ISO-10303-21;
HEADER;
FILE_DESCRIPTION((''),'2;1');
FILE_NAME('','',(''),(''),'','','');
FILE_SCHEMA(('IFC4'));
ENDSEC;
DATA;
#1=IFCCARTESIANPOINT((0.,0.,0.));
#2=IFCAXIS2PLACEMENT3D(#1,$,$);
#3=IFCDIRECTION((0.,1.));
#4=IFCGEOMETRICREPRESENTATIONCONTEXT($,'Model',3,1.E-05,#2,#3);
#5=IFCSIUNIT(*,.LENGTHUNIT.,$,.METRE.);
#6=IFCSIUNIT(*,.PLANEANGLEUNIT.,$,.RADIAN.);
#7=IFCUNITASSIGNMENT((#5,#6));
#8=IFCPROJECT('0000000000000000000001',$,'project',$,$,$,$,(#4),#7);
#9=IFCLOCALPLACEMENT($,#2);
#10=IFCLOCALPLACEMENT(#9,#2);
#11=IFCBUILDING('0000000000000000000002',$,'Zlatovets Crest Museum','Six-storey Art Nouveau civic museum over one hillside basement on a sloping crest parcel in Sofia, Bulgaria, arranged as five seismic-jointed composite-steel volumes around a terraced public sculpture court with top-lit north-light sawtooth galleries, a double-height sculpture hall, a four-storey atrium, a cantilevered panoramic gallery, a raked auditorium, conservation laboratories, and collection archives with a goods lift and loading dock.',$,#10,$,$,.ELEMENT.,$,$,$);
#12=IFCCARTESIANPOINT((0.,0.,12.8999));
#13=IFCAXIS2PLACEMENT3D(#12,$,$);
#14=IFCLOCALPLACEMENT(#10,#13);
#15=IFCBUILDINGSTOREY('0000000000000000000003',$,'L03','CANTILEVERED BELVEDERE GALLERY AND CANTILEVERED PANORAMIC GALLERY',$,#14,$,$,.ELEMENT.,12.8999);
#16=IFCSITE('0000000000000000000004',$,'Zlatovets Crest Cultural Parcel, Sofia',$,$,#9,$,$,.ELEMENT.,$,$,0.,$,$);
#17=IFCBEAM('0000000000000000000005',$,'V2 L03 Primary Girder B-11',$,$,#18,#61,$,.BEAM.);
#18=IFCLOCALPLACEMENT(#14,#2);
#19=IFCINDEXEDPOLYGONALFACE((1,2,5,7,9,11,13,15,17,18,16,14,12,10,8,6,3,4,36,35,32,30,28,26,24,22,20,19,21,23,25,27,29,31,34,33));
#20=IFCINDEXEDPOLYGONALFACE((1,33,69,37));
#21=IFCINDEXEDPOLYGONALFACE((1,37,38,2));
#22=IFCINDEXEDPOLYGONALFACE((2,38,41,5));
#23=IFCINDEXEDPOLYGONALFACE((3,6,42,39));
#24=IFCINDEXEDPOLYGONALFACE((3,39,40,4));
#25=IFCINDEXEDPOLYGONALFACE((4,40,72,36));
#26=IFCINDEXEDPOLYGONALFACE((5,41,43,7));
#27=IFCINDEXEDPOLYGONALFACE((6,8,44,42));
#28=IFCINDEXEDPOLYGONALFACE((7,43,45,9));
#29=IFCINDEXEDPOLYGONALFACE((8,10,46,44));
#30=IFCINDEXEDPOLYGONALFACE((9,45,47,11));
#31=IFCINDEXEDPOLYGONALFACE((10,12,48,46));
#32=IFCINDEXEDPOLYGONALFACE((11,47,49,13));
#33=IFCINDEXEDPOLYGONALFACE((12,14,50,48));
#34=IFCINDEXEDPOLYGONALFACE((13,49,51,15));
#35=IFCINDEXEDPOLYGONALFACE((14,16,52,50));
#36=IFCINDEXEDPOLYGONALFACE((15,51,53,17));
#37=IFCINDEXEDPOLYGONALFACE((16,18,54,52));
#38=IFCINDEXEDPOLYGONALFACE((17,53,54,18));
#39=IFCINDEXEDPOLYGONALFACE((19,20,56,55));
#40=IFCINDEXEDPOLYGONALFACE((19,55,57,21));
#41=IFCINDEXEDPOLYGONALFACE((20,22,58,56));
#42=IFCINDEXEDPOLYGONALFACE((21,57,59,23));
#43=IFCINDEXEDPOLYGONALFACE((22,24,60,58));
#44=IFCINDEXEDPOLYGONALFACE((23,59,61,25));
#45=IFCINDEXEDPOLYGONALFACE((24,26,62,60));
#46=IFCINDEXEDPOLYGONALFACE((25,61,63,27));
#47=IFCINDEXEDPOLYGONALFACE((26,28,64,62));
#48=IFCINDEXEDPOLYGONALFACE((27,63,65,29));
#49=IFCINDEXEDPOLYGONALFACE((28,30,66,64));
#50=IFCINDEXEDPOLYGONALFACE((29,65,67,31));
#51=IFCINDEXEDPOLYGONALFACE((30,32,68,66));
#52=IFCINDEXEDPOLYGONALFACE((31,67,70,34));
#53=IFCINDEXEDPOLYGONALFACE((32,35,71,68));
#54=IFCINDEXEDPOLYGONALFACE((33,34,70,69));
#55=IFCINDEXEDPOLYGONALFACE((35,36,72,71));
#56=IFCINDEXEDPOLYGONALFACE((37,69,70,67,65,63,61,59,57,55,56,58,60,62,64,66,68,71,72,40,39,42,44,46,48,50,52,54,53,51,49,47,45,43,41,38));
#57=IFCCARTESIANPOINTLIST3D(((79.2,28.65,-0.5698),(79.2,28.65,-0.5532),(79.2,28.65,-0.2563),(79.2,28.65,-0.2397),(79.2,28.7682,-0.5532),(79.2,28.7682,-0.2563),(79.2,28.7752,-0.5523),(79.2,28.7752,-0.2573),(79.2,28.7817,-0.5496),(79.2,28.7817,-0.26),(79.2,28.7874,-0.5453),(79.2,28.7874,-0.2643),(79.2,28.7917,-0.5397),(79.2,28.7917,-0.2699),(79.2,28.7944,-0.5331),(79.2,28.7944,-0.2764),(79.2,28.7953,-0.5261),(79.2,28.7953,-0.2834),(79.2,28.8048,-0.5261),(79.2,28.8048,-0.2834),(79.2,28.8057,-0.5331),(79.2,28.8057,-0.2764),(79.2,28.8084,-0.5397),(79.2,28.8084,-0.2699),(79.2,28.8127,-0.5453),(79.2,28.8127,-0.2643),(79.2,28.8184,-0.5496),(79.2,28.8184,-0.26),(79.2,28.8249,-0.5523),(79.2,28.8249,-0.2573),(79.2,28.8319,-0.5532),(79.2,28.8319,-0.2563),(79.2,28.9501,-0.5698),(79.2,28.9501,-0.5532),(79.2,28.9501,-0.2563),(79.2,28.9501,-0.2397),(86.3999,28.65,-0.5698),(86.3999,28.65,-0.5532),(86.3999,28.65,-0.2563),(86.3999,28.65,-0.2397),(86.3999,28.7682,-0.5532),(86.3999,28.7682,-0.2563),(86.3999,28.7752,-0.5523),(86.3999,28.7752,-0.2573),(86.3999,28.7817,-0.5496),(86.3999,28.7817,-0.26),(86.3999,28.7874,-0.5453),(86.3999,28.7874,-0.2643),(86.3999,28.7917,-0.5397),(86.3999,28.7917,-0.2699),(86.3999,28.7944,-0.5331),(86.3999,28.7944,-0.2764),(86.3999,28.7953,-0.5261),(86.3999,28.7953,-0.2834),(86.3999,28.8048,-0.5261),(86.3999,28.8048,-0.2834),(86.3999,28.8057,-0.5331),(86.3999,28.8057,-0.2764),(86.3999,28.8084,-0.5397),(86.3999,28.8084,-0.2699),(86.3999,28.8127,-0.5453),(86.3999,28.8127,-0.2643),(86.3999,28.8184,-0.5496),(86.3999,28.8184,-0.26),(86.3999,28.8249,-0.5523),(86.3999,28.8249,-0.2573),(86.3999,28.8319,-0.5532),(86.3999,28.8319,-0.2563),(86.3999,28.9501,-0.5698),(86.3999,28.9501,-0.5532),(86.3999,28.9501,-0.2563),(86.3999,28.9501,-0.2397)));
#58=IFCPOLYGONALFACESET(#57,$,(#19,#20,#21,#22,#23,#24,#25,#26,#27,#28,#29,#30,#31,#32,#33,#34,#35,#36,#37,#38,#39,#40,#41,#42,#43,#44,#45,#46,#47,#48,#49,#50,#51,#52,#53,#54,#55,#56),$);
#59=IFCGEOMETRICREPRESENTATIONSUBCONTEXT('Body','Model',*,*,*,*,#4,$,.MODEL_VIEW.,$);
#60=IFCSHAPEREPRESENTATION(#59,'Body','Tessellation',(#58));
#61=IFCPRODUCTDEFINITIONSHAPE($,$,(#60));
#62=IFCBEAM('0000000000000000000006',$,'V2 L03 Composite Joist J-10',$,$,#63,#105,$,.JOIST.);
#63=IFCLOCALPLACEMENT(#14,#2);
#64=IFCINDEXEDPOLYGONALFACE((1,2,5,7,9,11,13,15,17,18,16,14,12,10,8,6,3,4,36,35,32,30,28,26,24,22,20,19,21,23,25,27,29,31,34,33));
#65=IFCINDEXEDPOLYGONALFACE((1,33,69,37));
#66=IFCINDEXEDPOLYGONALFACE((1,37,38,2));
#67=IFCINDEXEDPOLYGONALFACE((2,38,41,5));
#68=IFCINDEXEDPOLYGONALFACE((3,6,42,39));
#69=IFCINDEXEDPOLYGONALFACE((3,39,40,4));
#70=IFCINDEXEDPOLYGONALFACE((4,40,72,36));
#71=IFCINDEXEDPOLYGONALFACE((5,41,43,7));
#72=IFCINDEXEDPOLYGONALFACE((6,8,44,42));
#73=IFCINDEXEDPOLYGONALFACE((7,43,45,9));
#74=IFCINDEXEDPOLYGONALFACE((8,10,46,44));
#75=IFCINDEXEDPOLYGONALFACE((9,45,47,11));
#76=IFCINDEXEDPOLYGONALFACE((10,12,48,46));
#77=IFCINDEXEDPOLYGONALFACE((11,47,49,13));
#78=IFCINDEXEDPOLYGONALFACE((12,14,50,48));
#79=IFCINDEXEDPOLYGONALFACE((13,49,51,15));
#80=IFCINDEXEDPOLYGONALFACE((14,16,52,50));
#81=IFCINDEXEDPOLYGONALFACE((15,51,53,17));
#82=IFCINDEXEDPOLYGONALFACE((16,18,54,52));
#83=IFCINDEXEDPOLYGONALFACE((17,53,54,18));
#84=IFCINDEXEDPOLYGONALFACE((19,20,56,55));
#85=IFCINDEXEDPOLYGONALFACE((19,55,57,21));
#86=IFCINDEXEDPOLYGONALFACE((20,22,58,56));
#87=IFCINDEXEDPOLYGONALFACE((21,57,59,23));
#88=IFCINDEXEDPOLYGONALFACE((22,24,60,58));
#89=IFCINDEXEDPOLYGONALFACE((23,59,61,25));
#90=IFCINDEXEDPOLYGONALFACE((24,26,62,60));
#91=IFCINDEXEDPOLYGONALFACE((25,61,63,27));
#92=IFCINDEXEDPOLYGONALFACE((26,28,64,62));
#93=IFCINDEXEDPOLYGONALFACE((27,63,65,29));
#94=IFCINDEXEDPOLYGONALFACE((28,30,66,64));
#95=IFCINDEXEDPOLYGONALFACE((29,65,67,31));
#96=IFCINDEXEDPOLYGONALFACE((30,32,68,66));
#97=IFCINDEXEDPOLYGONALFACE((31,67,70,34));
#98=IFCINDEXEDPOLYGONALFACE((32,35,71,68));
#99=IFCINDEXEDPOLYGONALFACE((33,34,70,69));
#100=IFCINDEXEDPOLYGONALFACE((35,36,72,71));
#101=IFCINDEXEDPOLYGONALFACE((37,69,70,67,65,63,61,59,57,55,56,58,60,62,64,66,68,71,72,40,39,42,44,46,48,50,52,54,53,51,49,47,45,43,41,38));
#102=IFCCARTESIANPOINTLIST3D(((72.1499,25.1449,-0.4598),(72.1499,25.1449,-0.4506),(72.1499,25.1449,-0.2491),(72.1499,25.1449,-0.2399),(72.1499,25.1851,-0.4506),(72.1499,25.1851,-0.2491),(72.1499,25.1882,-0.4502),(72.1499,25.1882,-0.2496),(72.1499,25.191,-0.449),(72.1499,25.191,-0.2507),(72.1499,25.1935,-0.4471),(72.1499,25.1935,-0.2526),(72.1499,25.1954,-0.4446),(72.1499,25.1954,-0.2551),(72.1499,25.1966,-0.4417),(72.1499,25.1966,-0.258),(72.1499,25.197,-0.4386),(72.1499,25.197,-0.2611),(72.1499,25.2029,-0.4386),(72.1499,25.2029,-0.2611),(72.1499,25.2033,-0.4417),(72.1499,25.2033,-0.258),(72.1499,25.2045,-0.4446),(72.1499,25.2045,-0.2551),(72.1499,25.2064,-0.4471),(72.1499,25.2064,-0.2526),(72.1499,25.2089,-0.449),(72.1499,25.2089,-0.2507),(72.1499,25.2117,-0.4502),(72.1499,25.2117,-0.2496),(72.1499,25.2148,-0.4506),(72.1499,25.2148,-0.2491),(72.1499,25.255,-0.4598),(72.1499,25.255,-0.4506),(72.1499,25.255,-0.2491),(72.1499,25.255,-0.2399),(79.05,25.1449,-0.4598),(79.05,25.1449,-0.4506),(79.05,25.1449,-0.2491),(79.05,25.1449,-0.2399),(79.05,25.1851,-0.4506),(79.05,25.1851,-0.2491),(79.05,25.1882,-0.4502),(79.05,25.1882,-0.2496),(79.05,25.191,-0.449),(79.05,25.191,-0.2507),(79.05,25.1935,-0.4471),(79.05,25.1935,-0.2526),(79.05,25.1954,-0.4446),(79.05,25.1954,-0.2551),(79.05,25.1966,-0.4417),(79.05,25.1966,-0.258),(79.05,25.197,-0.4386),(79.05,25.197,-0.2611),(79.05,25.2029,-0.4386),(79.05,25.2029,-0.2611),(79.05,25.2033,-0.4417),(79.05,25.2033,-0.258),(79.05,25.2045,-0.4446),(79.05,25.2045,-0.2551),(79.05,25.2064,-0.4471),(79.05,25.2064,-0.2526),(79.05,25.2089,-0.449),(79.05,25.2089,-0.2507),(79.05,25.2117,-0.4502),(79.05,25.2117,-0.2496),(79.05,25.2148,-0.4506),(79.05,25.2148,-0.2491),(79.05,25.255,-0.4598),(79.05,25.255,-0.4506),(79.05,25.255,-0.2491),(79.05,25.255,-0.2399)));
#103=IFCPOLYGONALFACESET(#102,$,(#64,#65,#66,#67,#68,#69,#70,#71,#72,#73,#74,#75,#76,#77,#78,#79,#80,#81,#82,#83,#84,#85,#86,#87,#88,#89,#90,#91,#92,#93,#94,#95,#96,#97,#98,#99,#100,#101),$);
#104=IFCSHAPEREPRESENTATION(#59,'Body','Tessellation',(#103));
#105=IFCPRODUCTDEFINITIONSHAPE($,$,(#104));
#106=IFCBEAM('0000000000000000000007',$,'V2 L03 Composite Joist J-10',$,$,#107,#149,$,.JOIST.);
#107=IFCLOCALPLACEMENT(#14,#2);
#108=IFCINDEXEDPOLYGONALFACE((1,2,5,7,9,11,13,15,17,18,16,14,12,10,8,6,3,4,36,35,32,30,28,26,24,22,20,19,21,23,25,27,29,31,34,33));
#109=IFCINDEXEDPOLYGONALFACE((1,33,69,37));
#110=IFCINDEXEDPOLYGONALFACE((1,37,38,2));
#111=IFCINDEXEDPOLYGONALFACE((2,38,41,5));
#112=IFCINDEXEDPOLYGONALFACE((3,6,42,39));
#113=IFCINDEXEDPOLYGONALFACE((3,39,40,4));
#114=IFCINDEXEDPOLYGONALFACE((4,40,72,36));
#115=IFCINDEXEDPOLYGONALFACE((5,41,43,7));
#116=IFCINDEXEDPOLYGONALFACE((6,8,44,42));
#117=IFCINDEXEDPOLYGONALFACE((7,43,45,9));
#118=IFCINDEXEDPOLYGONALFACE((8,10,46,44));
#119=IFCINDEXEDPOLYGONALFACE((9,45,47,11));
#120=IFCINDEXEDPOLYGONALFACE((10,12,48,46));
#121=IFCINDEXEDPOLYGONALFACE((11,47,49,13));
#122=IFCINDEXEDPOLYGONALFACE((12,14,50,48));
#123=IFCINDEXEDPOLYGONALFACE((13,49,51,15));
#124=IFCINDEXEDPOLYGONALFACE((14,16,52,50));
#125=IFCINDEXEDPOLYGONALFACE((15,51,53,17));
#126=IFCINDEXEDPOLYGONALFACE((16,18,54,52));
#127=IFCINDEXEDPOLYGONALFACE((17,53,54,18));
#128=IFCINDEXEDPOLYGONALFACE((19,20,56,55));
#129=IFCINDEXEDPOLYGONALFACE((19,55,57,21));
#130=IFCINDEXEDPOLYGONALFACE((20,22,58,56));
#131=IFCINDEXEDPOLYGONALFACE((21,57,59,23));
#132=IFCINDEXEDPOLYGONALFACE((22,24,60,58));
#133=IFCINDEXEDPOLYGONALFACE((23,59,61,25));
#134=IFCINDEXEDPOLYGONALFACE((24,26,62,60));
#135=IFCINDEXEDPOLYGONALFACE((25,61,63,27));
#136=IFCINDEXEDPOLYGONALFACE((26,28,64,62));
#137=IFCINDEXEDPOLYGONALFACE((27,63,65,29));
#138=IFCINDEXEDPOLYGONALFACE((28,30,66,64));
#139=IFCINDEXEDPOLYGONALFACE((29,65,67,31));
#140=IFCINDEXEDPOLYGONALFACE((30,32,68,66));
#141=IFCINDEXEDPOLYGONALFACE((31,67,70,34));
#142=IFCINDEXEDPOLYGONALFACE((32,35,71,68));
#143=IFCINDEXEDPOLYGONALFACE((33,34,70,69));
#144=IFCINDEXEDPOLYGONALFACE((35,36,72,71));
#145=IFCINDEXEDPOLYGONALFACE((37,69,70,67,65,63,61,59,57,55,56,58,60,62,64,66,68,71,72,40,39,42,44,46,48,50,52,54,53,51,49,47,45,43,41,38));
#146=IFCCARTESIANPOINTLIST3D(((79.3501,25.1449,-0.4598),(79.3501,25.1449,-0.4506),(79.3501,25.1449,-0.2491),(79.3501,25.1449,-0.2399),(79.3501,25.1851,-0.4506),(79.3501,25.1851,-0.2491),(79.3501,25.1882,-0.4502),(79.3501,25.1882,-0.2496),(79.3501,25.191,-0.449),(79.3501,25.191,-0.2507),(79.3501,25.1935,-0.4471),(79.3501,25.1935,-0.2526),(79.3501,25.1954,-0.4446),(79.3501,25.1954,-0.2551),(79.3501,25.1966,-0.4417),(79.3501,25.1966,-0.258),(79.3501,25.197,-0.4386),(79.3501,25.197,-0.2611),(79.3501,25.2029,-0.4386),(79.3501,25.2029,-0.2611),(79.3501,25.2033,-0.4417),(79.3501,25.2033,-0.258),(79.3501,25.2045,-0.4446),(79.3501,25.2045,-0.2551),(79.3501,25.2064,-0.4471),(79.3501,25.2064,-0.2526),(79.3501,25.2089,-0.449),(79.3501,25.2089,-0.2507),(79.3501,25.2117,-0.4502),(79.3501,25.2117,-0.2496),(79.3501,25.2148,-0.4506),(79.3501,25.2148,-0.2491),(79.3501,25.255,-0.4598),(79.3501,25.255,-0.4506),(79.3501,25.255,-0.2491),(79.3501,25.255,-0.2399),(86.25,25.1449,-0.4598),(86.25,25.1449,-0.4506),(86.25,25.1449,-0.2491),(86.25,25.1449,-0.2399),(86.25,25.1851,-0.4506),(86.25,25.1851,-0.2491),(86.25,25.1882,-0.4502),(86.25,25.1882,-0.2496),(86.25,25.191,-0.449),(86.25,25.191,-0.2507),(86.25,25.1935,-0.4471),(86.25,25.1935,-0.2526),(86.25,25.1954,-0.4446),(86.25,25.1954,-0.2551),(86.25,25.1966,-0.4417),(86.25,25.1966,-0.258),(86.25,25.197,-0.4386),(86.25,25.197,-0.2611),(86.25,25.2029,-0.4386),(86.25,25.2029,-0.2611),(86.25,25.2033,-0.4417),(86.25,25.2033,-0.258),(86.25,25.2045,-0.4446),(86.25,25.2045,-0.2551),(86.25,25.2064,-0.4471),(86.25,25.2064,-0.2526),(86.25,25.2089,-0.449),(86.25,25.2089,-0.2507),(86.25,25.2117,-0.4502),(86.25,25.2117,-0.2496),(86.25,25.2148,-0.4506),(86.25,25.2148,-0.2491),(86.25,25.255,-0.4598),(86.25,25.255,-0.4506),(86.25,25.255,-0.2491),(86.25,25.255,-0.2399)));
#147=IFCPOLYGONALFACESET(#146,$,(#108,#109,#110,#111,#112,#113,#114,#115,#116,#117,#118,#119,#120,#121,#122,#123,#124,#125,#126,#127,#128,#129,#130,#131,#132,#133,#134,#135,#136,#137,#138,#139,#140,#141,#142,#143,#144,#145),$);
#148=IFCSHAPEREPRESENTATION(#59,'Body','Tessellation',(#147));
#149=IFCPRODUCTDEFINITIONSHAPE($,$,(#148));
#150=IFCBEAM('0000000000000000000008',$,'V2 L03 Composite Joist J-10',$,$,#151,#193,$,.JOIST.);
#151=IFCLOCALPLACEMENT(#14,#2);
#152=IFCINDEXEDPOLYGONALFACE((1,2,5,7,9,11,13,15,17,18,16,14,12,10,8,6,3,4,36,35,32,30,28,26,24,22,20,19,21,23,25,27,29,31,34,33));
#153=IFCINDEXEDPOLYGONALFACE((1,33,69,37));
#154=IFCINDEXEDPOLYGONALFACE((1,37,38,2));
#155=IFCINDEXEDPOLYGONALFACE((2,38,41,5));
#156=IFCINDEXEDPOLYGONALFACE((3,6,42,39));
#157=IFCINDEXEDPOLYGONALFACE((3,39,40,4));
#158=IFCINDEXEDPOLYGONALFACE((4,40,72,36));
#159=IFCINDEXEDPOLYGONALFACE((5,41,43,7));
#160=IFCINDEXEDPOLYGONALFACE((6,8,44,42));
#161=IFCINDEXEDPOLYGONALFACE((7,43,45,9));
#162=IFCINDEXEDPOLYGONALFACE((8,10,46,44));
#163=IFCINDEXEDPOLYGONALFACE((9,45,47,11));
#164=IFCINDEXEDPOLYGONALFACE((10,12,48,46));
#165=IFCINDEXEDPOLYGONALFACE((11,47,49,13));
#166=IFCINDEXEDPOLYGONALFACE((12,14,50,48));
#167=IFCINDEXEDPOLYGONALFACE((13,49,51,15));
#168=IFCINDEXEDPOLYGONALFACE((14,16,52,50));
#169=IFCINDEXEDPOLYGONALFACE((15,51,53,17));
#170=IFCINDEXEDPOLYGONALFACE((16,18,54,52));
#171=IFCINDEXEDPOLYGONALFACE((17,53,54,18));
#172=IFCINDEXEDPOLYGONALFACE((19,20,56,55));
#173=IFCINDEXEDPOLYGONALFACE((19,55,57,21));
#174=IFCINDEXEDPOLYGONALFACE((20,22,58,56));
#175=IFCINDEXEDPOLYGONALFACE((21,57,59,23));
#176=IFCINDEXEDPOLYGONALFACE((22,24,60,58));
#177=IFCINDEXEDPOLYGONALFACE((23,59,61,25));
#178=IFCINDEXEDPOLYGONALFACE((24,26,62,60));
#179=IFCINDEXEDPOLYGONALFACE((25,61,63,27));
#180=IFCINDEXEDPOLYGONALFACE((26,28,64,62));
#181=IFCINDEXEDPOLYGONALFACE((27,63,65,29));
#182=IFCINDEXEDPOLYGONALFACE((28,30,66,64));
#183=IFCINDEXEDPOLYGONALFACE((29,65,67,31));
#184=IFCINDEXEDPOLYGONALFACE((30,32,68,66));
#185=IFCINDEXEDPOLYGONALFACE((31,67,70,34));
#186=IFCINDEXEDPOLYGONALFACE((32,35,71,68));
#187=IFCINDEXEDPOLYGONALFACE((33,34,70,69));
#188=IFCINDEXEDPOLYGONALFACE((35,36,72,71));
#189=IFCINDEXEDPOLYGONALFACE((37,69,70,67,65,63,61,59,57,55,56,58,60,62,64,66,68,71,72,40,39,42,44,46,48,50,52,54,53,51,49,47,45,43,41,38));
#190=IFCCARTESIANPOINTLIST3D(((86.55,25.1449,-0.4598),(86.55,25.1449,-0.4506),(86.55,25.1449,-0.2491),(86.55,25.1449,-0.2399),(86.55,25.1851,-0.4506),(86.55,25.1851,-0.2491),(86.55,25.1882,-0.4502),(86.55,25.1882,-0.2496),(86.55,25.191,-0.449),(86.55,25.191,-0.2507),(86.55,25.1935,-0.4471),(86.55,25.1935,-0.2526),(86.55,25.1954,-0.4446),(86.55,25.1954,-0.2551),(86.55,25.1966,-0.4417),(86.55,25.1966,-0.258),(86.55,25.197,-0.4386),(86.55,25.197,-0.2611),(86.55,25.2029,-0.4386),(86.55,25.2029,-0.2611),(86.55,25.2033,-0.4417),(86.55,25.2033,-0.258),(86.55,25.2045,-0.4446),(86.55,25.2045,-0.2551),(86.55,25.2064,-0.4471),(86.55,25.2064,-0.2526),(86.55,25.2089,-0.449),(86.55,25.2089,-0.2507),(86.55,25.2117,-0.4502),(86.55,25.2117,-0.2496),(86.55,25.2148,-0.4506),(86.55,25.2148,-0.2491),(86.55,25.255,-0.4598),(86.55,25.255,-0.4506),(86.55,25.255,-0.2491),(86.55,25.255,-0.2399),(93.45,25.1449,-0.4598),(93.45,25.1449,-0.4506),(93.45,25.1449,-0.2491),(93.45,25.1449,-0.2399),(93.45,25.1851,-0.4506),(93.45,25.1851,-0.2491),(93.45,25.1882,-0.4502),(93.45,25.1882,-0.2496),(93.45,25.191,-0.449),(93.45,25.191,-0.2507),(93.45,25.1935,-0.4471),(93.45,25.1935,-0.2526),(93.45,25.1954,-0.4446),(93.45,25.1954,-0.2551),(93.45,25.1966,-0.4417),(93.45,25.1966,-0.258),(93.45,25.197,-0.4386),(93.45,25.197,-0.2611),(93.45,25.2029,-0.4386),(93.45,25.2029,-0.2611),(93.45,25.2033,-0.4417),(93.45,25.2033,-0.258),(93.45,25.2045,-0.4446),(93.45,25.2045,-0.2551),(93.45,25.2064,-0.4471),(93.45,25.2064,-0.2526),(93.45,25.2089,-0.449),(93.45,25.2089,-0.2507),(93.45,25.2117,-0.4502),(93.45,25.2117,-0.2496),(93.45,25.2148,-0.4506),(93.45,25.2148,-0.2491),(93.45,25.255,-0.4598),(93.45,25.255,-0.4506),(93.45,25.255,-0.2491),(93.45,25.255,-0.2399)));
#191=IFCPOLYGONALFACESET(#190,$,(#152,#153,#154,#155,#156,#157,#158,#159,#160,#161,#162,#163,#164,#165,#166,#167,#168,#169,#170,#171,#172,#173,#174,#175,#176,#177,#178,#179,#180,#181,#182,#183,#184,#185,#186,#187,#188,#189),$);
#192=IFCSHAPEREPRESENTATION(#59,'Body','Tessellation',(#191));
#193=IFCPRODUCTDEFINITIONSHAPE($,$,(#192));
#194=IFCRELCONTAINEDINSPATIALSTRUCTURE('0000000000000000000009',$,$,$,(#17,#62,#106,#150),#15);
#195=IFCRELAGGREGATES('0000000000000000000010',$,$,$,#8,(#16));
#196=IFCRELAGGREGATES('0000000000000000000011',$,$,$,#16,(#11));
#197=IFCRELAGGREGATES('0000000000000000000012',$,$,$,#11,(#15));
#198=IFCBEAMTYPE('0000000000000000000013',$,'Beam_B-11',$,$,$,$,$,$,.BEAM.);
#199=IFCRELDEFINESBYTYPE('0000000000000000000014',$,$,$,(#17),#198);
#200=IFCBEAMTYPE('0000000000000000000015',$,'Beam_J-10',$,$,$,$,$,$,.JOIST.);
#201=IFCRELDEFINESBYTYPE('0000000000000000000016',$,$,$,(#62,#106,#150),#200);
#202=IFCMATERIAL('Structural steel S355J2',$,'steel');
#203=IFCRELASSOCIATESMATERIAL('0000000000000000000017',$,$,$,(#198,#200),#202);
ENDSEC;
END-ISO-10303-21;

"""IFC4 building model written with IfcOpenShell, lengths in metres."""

from ifc_helpers import new_model, si_unit, direction, frame, origin, origin_2d, place, context, subcontext, project, spatial, i_section, extrude, material, material_profile, profile_set, type_object, element, save


model = new_model("IFC4")

# Units and contexts
model_context = context("Model", 3, precision=1e-05, world=origin(), true_north=direction((0.0, 1.0)))
body_context = subcontext(model_context, "Body", "Model", "MODEL_VIEW")
ifc_project = project(units=[si_unit("LENGTHUNIT", "METRE"), si_unit("PLANEANGLEUNIT", "RADIAN")], contexts=[model_context])

# Site, building, storey
site_placement = place(None, origin())
site = spatial("IfcSite", under=ifc_project, at=site_placement, Name="Zlatovets Crest Cultural Parcel, Sofia", CompositionType="ELEMENT", RefElevation=0.0)
building_placement = place(site_placement, origin())
building = spatial("IfcBuilding", under=site, at=building_placement, Name="Zlatovets Crest Museum", Description="Six-storey Art Nouveau civic museum over one hillside basement on a sloping crest parcel in Sofia, Bulgaria, arranged as five seismic-jointed composite-steel volumes around a terraced public sculpture court with top-lit north-light sawtooth galleries, a double-height sculpture hall, a four-storey atrium, a cantilevered panoramic gallery, a raked auditorium, conservation laboratories, and collection archives with a goods lift and loading dock.", CompositionType="ELEMENT")
storey_placement = place(building_placement, frame((0.0, 0.0, 12.8999)))
storey = spatial("IfcBuildingStorey", under=building, at=storey_placement, Name="L03", Description="CANTILEVERED BELVEDERE GALLERY AND CANTILEVERED PANORAMIC GALLERY", CompositionType="ELEMENT", Elevation=12.8999)

# Shared definitions
ifc_material_1 = material(Name="Structural steel S355J2", Category="steel")

# Beams
ifc_material_profile_1 = material_profile(ifc_material_1, i_section(OverallWidth=0.3, OverallDepth=0.3301, WebThickness=0.0095, FlangeThickness=0.0166, FilletRadius=0.0271, at=origin_2d()), Name="HEA 340")
ifc_profile_set_1 = profile_set([ifc_material_profile_1], Name="Structural steel S355J2")
beam_type_1 = type_object("IfcBeamType", Name="Beam_B-11", PredefinedType="BEAM", material=ifc_profile_set_1)
for number, where, z_axis, x_axis, name in (
    (1, (79.2, 28.8, -0.4048), (1.0, 0.0, 0.0), (0.0, 1.0, 0.0), "V2 L03 Primary Girder B-11"),
):
    element("IfcBeam", number, at=place(storey_placement, frame(where, z_axis=z_axis, x_axis=x_axis)), inside=storey, type_object=beam_type_1, Name=name, PredefinedType="BEAM", context=body_context, shape_type="SweptSolid", body=[
        extrude(i_section(OverallWidth=0.3, OverallDepth=0.3301, WebThickness=0.0095, FlangeThickness=0.0166, FilletRadius=0.0271, at=origin_2d()), origin(), (0.0, 0.0, 1.0), 7.2),
    ])
ifc_material_profile_2 = material_profile(ifc_material_1, i_section(OverallWidth=0.1101, OverallDepth=0.22, WebThickness=0.0059, FlangeThickness=0.0093, FilletRadius=0.012, at=origin_2d()), Name="IPE 220")
ifc_profile_set_2 = profile_set([ifc_material_profile_2], Name="Structural steel S355J2")
beam_type_2 = type_object("IfcBeamType", Name="Beam_J-10", PredefinedType="JOIST", material=ifc_profile_set_2)
beam_1_placement = place(storey_placement, frame((72.1499, 25.2, -0.3499), z_axis=(1.0, 0.0, 0.0), x_axis=(0.0, 1.0, 0.0)))
element("IfcBeam", 2, at=beam_1_placement, inside=storey, type_object=beam_type_2, Name="V2 L03 Composite Joist J-10", PredefinedType="JOIST", context=body_context, shape_type="SweptSolid", body=[
    extrude(i_section(OverallWidth=0.1101, OverallDepth=0.22, WebThickness=0.0059, FlangeThickness=0.0093, FilletRadius=0.012, at=origin_2d()), origin(), (0.0, 0.0, 1.0), 6.9001),
])
for number, where, z_axis, x_axis, name in (
    (3, (79.3501, 25.2, -0.3499), (1.0, 0.0, 0.0), (0.0, 1.0, 0.0), "V2 L03 Composite Joist J-10"),
    (4, (86.55, 25.2, -0.3499), (1.0, 0.0, 0.0), (0.0, 1.0, 0.0), "V2 L03 Composite Joist J-10"),
):
    element("IfcBeam", number, at=place(storey_placement, frame(where, z_axis=z_axis, x_axis=x_axis)), inside=storey, type_object=beam_type_2, Name=name, PredefinedType="JOIST", context=body_context, shape_type="SweptSolid", body=[
        extrude(i_section(OverallWidth=0.1101, OverallDepth=0.22, WebThickness=0.0059, FlangeThickness=0.0093, FilletRadius=0.012, at=origin_2d()), origin(), (0.0, 0.0, 1.0), 6.8999),
    ])

save(model, "model.ifc")
